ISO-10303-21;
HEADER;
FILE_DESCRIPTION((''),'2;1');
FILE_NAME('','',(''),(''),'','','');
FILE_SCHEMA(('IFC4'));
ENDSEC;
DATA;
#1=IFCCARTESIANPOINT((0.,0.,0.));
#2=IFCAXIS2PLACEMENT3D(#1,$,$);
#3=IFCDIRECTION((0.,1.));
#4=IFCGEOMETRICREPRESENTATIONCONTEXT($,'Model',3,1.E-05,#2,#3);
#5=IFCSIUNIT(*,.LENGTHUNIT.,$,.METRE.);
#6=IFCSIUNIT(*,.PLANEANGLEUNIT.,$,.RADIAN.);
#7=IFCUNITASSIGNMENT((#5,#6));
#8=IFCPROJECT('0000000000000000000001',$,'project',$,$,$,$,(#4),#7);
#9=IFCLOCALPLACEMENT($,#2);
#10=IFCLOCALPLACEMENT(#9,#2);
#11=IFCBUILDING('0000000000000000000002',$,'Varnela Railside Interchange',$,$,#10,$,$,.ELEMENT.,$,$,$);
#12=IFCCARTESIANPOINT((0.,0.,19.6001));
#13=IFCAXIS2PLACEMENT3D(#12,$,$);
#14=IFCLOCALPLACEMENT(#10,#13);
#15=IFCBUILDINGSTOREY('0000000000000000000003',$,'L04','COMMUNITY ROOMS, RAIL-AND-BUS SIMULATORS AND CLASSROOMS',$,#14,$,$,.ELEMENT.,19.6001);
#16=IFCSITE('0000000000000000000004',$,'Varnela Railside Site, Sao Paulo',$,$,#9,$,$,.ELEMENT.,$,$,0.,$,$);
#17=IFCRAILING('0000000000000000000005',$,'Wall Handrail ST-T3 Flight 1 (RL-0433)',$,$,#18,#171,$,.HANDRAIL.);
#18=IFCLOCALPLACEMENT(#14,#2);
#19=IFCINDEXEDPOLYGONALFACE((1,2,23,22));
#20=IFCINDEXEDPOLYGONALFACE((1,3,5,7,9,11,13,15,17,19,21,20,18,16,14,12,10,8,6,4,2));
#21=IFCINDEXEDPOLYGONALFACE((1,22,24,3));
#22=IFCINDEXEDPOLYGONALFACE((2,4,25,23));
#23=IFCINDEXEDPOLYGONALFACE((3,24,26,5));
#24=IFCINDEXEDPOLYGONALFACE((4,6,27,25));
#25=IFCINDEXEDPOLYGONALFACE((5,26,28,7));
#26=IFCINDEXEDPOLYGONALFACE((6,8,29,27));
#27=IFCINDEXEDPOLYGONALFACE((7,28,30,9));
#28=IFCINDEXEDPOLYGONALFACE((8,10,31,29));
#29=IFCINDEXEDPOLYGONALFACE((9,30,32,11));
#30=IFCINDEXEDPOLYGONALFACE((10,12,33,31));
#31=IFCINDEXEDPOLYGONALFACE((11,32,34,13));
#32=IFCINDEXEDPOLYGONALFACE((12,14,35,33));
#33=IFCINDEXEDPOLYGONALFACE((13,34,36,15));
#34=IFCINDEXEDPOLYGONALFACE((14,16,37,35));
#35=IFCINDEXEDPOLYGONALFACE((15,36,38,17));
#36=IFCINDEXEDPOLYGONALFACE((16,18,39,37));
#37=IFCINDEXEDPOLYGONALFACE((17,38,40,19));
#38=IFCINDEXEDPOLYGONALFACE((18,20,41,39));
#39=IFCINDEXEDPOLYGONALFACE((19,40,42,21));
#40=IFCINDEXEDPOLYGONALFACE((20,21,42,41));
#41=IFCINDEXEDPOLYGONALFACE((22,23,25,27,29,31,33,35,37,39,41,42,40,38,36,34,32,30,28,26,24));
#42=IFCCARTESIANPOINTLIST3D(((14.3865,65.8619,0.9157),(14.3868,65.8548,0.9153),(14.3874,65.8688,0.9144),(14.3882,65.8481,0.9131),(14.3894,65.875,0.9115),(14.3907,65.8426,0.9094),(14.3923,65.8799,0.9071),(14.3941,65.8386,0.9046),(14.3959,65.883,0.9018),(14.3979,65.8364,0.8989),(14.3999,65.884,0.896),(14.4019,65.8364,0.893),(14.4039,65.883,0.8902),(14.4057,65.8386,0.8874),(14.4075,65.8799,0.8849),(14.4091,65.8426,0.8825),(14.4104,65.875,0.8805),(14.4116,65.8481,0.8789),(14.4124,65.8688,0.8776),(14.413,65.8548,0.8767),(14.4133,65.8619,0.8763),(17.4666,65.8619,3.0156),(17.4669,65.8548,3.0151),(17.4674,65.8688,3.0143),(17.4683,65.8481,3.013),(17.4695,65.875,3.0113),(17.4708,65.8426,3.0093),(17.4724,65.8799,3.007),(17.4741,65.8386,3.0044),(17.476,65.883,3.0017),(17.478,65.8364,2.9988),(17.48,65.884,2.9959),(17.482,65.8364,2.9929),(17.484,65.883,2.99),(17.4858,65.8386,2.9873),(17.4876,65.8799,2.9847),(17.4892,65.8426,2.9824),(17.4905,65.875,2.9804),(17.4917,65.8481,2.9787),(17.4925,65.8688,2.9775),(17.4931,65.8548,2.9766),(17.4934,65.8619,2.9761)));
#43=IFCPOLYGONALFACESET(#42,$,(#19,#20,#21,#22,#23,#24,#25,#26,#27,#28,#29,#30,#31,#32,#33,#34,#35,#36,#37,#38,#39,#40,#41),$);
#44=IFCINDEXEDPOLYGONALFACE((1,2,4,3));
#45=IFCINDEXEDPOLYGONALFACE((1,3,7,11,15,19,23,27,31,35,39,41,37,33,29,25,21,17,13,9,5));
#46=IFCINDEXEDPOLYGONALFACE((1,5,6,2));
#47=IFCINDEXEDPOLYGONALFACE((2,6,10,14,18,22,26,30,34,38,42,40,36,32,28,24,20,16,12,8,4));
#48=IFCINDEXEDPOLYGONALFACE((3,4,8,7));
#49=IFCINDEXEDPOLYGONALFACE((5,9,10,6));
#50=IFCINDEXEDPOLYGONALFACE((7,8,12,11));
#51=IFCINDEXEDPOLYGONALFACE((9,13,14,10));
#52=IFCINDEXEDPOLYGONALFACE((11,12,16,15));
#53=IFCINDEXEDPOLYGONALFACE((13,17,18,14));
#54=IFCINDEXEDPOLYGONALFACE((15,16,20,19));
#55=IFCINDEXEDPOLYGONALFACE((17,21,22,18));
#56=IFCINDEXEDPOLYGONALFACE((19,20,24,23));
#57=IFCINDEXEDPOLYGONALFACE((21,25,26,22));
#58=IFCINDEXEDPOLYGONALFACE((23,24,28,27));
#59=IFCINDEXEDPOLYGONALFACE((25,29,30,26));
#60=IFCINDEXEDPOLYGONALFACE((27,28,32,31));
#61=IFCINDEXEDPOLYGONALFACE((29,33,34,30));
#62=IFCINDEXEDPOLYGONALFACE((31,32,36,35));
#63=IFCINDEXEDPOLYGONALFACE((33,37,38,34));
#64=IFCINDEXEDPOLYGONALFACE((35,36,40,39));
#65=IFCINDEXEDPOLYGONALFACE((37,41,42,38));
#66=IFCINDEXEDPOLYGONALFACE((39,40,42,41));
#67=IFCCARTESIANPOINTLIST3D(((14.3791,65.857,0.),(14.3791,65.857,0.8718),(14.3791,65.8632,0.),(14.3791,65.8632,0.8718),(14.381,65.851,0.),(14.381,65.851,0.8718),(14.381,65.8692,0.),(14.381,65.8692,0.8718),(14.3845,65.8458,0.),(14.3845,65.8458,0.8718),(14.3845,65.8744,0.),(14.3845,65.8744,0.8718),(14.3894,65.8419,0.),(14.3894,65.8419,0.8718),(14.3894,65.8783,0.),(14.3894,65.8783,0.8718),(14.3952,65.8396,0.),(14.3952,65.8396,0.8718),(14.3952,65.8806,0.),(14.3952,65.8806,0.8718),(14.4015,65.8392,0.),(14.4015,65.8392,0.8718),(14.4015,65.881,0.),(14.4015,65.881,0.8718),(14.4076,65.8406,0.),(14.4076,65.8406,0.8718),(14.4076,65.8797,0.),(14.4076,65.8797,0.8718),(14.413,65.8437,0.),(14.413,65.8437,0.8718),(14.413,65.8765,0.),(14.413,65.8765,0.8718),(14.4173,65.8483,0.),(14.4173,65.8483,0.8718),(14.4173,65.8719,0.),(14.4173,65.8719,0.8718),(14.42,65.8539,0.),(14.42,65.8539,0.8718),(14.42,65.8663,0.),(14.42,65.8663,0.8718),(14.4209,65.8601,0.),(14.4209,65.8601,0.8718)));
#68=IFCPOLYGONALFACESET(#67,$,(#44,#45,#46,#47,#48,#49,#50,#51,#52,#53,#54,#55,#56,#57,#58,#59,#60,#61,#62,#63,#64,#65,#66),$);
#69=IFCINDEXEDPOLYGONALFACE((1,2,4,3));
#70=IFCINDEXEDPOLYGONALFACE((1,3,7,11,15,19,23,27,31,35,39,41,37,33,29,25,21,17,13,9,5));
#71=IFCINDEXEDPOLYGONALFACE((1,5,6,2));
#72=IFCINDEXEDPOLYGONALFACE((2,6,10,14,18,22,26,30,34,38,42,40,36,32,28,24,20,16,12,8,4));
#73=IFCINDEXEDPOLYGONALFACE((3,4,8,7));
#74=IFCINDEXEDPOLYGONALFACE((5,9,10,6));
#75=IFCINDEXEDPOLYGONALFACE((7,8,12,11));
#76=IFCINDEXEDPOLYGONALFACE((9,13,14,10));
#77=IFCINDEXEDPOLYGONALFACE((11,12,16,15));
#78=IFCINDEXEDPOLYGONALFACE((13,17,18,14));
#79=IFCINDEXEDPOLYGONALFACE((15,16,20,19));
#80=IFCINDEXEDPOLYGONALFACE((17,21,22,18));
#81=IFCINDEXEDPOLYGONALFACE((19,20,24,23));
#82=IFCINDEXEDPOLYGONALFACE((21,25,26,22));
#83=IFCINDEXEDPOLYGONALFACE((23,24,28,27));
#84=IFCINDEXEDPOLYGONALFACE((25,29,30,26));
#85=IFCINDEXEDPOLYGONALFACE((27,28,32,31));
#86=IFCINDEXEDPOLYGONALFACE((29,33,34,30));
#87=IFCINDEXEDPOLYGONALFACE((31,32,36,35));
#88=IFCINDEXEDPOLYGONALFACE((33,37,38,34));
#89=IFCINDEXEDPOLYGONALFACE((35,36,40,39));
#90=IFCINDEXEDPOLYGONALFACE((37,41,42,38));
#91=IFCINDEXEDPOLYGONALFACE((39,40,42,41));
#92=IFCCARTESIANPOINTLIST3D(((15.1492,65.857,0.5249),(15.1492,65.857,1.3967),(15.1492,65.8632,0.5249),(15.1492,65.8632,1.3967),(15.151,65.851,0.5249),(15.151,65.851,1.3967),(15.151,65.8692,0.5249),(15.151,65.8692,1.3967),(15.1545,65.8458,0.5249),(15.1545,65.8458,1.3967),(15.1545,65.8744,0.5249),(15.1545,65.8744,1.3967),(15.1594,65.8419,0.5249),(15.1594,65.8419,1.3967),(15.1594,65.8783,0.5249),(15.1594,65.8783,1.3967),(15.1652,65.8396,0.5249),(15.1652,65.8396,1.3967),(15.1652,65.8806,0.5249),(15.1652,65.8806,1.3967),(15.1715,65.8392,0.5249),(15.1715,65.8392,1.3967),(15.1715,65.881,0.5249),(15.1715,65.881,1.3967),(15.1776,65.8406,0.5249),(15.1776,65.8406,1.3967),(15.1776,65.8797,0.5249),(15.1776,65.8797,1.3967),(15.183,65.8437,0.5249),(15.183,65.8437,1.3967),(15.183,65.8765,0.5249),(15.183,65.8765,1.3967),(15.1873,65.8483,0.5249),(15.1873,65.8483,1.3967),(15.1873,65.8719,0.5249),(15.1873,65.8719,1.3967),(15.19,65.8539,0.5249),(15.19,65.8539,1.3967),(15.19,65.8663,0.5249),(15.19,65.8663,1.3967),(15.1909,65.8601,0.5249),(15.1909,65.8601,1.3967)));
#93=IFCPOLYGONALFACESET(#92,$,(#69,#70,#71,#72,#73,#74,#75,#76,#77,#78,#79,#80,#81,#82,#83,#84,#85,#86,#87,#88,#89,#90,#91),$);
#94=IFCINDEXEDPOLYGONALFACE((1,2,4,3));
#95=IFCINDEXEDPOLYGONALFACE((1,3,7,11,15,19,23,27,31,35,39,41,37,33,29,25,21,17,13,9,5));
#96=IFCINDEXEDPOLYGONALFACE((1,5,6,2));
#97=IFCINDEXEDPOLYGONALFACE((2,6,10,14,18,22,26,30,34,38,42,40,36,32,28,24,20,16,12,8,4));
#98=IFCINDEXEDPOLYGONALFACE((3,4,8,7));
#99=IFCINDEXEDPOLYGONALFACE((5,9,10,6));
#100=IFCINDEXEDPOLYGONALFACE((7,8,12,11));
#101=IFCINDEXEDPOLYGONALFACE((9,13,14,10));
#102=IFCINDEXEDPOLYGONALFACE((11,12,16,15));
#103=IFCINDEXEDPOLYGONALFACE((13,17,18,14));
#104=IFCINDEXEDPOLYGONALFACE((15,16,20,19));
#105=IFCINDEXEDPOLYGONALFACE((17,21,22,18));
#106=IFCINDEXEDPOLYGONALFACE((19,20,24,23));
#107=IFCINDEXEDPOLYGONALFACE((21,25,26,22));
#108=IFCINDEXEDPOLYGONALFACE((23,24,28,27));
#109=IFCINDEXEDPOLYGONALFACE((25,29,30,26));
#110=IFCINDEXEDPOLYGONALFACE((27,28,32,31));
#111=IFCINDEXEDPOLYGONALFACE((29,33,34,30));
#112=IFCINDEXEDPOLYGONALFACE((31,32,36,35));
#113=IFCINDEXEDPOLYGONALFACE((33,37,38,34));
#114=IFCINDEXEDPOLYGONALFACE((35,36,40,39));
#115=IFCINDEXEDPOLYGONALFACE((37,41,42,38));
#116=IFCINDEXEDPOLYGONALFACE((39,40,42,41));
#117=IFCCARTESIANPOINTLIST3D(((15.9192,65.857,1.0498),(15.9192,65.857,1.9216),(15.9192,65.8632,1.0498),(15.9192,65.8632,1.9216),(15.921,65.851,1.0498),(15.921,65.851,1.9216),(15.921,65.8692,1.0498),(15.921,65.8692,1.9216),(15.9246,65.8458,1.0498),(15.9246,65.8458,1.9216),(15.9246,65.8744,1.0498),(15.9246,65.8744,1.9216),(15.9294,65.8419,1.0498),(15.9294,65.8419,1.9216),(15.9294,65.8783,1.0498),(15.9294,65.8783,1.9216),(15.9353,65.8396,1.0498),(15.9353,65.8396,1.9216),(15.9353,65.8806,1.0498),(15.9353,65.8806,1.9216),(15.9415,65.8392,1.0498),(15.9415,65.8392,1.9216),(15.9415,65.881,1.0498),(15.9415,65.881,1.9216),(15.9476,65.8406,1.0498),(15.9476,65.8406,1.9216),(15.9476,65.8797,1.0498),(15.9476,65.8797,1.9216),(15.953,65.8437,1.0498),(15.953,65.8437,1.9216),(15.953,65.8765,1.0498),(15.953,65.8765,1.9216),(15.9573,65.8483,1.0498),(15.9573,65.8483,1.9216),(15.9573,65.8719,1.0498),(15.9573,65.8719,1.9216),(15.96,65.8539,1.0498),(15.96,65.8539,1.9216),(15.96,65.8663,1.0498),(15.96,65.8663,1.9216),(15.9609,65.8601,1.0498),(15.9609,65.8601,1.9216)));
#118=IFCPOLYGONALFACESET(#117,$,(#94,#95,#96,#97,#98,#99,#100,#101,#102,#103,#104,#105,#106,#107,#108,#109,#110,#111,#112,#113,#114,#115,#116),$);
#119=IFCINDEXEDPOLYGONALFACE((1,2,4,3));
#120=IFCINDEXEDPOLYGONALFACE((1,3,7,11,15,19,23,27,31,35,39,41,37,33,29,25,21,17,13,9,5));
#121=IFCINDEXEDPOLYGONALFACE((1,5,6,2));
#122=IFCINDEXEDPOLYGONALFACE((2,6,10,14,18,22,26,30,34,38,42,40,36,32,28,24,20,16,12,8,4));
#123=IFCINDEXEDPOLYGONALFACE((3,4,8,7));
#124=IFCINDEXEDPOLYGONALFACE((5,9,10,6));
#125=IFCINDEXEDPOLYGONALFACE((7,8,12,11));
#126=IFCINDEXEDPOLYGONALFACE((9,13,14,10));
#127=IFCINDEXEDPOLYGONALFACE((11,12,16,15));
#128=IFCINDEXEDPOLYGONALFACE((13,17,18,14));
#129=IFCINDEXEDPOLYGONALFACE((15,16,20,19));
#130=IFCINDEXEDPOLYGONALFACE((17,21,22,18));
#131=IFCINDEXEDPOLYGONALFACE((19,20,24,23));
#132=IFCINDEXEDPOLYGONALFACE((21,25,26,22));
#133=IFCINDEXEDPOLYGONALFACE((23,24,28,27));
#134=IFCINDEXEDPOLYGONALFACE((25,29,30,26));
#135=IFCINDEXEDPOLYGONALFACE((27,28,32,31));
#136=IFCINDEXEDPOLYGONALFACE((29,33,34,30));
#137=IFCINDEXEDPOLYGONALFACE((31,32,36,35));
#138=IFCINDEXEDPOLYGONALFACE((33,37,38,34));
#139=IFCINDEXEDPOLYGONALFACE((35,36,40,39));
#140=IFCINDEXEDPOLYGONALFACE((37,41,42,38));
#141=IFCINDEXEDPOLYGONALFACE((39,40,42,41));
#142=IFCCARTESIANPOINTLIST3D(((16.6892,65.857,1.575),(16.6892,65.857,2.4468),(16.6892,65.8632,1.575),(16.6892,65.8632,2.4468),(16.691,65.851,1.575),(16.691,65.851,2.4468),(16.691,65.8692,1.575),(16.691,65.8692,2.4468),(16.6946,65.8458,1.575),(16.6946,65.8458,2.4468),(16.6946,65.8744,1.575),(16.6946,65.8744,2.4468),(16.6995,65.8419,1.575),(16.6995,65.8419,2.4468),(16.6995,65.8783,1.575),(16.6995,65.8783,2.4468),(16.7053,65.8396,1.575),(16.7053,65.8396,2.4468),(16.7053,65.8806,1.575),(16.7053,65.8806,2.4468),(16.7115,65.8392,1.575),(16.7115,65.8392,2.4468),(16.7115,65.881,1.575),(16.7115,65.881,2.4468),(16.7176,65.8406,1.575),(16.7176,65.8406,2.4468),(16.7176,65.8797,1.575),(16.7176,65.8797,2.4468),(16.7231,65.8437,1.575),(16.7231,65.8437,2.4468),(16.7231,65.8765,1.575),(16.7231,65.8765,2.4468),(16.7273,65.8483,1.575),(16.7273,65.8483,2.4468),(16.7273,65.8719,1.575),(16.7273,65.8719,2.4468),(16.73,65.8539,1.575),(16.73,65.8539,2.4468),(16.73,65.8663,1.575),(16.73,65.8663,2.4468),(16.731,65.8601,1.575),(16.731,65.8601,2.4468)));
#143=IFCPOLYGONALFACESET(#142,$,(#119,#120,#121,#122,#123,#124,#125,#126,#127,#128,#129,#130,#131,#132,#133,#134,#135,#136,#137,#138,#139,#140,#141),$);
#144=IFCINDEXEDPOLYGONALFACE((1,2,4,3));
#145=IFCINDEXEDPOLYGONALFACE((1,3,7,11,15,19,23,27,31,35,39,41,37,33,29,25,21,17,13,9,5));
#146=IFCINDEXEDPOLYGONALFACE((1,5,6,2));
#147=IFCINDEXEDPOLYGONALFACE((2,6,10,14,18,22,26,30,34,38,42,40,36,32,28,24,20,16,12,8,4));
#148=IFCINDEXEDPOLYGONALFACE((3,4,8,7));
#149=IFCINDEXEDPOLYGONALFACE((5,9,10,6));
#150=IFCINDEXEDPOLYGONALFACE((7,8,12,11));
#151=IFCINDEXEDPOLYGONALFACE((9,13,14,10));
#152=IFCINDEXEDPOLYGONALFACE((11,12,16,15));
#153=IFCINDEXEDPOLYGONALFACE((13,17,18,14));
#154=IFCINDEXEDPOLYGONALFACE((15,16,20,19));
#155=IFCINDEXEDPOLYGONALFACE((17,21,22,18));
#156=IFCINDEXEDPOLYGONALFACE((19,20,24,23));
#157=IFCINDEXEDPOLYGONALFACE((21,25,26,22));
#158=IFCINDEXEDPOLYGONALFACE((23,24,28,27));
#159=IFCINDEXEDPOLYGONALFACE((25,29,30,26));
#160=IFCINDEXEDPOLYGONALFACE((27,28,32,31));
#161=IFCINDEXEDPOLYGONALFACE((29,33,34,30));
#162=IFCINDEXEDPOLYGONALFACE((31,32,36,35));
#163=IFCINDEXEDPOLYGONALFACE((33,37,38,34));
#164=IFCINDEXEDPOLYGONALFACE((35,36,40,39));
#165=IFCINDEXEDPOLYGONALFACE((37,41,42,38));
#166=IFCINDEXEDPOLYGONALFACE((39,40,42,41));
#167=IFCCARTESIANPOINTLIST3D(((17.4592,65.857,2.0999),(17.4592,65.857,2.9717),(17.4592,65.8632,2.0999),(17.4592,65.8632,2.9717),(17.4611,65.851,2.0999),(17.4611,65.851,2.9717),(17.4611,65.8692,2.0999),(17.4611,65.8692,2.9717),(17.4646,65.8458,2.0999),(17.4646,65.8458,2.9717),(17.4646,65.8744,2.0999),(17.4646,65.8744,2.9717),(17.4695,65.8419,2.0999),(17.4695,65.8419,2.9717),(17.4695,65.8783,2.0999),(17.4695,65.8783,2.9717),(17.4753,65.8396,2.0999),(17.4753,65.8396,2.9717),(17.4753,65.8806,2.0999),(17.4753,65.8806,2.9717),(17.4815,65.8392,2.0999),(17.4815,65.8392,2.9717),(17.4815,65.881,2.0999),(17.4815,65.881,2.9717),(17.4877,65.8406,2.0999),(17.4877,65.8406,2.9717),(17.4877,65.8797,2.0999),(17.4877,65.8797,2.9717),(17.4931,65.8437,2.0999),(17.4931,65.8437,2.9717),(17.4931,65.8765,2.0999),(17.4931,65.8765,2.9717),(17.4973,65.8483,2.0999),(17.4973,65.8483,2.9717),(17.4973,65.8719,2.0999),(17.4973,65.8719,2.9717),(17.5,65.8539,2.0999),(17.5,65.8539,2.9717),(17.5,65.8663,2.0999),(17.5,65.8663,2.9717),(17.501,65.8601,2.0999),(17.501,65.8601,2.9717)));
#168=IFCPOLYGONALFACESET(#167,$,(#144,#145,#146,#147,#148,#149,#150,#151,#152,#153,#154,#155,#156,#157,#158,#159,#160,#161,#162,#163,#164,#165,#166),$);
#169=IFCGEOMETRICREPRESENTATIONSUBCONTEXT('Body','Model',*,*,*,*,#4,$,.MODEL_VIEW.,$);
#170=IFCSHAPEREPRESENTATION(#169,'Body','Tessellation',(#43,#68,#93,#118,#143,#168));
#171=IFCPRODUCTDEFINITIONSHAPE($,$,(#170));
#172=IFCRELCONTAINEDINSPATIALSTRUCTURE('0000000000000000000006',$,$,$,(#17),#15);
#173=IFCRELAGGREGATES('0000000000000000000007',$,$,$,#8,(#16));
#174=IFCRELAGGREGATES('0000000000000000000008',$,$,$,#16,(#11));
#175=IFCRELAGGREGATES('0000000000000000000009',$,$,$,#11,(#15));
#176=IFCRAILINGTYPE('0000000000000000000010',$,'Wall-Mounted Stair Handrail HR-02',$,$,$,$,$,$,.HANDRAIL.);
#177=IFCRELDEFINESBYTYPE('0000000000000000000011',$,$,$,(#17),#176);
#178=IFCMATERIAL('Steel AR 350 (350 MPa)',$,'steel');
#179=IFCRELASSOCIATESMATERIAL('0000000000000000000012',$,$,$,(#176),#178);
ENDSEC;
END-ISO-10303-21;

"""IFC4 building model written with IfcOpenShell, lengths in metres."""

from ifc_helpers import new_model, si_unit, direction, frame, origin, origin_2d, place, context, subcontext, project, spatial, circle, extrude, material, type_object, element, save


model = new_model("IFC4")

# Units and contexts
model_context = context("Model", 3, precision=1e-05, world=origin(), true_north=direction((0.0, 1.0)))
body_context = subcontext(model_context, "Body", "Model", "MODEL_VIEW")
ifc_project = project(units=[si_unit("LENGTHUNIT", "METRE"), si_unit("PLANEANGLEUNIT", "RADIAN")], contexts=[model_context])

# Site, building, storey
site_placement = place(None, origin())
site = spatial("IfcSite", under=ifc_project, at=site_placement, Name="Varnela Railside Site, Sao Paulo", CompositionType="ELEMENT", RefElevation=0.0)
building_placement = place(site_placement, origin())
building = spatial("IfcBuilding", under=site, at=building_placement, Name="Varnela Railside Interchange", CompositionType="ELEMENT")
storey_placement = place(building_placement, frame((0.0, 0.0, 19.6001)))
storey = spatial("IfcBuildingStorey", under=building, at=storey_placement, Name="L04", Description="COMMUNITY ROOMS, RAIL-AND-BUS SIMULATORS AND CLASSROOMS", CompositionType="ELEMENT", Elevation=19.6001)

# Shared definitions
ifc_material_1 = material(Name="Steel AR 350 (350 MPa)", Category="steel")

# Railing
railing_type_1 = type_object("IfcRailingType", Name="Wall-Mounted Stair Handrail HR-02", PredefinedType="HANDRAIL", material=ifc_material_1)
railing_1_placement = place(storey_placement, frame((14.3999, 65.8601, 0.0)))
element("IfcRailing", 1, at=railing_1_placement, inside=storey, type_object=railing_type_1, Name="Wall Handrail ST-T3 Flight 1 (RL-0433)", PredefinedType="HANDRAIL", context=body_context, shape_type="SweptSolid", body=[
    extrude(circle(Radius=0.0239, at=origin_2d()), frame((0.0, 0.0, 0.896), z_axis=(0.826252, 0.0, 0.5633), x_axis=(0.0, 1.0, 0.0)), (0.0, 0.0, 1.0), 3.7278),
    extrude(circle(Radius=0.021, at=origin_2d()), origin(), (0.0, 0.0, 1.0), 0.8718),
    extrude(circle(Radius=0.021, at=origin_2d()), frame((0.77, 0.0, 0.5249)), (0.0, 0.0, 1.0), 0.8718),
    extrude(circle(Radius=0.021, at=origin_2d()), frame((1.54, 0.0, 1.0498)), (0.0, 0.0, 1.0), 0.8718),
    extrude(circle(Radius=0.021, at=origin_2d()), frame((2.3101, 0.0, 1.575)), (0.0, 0.0, 1.0), 0.8718),
    extrude(circle(Radius=0.021, at=origin_2d()), frame((3.0801, 0.0, 2.0999)), (0.0, 0.0, 1.0), 0.8718),
])

save(model, "model.ifc")
